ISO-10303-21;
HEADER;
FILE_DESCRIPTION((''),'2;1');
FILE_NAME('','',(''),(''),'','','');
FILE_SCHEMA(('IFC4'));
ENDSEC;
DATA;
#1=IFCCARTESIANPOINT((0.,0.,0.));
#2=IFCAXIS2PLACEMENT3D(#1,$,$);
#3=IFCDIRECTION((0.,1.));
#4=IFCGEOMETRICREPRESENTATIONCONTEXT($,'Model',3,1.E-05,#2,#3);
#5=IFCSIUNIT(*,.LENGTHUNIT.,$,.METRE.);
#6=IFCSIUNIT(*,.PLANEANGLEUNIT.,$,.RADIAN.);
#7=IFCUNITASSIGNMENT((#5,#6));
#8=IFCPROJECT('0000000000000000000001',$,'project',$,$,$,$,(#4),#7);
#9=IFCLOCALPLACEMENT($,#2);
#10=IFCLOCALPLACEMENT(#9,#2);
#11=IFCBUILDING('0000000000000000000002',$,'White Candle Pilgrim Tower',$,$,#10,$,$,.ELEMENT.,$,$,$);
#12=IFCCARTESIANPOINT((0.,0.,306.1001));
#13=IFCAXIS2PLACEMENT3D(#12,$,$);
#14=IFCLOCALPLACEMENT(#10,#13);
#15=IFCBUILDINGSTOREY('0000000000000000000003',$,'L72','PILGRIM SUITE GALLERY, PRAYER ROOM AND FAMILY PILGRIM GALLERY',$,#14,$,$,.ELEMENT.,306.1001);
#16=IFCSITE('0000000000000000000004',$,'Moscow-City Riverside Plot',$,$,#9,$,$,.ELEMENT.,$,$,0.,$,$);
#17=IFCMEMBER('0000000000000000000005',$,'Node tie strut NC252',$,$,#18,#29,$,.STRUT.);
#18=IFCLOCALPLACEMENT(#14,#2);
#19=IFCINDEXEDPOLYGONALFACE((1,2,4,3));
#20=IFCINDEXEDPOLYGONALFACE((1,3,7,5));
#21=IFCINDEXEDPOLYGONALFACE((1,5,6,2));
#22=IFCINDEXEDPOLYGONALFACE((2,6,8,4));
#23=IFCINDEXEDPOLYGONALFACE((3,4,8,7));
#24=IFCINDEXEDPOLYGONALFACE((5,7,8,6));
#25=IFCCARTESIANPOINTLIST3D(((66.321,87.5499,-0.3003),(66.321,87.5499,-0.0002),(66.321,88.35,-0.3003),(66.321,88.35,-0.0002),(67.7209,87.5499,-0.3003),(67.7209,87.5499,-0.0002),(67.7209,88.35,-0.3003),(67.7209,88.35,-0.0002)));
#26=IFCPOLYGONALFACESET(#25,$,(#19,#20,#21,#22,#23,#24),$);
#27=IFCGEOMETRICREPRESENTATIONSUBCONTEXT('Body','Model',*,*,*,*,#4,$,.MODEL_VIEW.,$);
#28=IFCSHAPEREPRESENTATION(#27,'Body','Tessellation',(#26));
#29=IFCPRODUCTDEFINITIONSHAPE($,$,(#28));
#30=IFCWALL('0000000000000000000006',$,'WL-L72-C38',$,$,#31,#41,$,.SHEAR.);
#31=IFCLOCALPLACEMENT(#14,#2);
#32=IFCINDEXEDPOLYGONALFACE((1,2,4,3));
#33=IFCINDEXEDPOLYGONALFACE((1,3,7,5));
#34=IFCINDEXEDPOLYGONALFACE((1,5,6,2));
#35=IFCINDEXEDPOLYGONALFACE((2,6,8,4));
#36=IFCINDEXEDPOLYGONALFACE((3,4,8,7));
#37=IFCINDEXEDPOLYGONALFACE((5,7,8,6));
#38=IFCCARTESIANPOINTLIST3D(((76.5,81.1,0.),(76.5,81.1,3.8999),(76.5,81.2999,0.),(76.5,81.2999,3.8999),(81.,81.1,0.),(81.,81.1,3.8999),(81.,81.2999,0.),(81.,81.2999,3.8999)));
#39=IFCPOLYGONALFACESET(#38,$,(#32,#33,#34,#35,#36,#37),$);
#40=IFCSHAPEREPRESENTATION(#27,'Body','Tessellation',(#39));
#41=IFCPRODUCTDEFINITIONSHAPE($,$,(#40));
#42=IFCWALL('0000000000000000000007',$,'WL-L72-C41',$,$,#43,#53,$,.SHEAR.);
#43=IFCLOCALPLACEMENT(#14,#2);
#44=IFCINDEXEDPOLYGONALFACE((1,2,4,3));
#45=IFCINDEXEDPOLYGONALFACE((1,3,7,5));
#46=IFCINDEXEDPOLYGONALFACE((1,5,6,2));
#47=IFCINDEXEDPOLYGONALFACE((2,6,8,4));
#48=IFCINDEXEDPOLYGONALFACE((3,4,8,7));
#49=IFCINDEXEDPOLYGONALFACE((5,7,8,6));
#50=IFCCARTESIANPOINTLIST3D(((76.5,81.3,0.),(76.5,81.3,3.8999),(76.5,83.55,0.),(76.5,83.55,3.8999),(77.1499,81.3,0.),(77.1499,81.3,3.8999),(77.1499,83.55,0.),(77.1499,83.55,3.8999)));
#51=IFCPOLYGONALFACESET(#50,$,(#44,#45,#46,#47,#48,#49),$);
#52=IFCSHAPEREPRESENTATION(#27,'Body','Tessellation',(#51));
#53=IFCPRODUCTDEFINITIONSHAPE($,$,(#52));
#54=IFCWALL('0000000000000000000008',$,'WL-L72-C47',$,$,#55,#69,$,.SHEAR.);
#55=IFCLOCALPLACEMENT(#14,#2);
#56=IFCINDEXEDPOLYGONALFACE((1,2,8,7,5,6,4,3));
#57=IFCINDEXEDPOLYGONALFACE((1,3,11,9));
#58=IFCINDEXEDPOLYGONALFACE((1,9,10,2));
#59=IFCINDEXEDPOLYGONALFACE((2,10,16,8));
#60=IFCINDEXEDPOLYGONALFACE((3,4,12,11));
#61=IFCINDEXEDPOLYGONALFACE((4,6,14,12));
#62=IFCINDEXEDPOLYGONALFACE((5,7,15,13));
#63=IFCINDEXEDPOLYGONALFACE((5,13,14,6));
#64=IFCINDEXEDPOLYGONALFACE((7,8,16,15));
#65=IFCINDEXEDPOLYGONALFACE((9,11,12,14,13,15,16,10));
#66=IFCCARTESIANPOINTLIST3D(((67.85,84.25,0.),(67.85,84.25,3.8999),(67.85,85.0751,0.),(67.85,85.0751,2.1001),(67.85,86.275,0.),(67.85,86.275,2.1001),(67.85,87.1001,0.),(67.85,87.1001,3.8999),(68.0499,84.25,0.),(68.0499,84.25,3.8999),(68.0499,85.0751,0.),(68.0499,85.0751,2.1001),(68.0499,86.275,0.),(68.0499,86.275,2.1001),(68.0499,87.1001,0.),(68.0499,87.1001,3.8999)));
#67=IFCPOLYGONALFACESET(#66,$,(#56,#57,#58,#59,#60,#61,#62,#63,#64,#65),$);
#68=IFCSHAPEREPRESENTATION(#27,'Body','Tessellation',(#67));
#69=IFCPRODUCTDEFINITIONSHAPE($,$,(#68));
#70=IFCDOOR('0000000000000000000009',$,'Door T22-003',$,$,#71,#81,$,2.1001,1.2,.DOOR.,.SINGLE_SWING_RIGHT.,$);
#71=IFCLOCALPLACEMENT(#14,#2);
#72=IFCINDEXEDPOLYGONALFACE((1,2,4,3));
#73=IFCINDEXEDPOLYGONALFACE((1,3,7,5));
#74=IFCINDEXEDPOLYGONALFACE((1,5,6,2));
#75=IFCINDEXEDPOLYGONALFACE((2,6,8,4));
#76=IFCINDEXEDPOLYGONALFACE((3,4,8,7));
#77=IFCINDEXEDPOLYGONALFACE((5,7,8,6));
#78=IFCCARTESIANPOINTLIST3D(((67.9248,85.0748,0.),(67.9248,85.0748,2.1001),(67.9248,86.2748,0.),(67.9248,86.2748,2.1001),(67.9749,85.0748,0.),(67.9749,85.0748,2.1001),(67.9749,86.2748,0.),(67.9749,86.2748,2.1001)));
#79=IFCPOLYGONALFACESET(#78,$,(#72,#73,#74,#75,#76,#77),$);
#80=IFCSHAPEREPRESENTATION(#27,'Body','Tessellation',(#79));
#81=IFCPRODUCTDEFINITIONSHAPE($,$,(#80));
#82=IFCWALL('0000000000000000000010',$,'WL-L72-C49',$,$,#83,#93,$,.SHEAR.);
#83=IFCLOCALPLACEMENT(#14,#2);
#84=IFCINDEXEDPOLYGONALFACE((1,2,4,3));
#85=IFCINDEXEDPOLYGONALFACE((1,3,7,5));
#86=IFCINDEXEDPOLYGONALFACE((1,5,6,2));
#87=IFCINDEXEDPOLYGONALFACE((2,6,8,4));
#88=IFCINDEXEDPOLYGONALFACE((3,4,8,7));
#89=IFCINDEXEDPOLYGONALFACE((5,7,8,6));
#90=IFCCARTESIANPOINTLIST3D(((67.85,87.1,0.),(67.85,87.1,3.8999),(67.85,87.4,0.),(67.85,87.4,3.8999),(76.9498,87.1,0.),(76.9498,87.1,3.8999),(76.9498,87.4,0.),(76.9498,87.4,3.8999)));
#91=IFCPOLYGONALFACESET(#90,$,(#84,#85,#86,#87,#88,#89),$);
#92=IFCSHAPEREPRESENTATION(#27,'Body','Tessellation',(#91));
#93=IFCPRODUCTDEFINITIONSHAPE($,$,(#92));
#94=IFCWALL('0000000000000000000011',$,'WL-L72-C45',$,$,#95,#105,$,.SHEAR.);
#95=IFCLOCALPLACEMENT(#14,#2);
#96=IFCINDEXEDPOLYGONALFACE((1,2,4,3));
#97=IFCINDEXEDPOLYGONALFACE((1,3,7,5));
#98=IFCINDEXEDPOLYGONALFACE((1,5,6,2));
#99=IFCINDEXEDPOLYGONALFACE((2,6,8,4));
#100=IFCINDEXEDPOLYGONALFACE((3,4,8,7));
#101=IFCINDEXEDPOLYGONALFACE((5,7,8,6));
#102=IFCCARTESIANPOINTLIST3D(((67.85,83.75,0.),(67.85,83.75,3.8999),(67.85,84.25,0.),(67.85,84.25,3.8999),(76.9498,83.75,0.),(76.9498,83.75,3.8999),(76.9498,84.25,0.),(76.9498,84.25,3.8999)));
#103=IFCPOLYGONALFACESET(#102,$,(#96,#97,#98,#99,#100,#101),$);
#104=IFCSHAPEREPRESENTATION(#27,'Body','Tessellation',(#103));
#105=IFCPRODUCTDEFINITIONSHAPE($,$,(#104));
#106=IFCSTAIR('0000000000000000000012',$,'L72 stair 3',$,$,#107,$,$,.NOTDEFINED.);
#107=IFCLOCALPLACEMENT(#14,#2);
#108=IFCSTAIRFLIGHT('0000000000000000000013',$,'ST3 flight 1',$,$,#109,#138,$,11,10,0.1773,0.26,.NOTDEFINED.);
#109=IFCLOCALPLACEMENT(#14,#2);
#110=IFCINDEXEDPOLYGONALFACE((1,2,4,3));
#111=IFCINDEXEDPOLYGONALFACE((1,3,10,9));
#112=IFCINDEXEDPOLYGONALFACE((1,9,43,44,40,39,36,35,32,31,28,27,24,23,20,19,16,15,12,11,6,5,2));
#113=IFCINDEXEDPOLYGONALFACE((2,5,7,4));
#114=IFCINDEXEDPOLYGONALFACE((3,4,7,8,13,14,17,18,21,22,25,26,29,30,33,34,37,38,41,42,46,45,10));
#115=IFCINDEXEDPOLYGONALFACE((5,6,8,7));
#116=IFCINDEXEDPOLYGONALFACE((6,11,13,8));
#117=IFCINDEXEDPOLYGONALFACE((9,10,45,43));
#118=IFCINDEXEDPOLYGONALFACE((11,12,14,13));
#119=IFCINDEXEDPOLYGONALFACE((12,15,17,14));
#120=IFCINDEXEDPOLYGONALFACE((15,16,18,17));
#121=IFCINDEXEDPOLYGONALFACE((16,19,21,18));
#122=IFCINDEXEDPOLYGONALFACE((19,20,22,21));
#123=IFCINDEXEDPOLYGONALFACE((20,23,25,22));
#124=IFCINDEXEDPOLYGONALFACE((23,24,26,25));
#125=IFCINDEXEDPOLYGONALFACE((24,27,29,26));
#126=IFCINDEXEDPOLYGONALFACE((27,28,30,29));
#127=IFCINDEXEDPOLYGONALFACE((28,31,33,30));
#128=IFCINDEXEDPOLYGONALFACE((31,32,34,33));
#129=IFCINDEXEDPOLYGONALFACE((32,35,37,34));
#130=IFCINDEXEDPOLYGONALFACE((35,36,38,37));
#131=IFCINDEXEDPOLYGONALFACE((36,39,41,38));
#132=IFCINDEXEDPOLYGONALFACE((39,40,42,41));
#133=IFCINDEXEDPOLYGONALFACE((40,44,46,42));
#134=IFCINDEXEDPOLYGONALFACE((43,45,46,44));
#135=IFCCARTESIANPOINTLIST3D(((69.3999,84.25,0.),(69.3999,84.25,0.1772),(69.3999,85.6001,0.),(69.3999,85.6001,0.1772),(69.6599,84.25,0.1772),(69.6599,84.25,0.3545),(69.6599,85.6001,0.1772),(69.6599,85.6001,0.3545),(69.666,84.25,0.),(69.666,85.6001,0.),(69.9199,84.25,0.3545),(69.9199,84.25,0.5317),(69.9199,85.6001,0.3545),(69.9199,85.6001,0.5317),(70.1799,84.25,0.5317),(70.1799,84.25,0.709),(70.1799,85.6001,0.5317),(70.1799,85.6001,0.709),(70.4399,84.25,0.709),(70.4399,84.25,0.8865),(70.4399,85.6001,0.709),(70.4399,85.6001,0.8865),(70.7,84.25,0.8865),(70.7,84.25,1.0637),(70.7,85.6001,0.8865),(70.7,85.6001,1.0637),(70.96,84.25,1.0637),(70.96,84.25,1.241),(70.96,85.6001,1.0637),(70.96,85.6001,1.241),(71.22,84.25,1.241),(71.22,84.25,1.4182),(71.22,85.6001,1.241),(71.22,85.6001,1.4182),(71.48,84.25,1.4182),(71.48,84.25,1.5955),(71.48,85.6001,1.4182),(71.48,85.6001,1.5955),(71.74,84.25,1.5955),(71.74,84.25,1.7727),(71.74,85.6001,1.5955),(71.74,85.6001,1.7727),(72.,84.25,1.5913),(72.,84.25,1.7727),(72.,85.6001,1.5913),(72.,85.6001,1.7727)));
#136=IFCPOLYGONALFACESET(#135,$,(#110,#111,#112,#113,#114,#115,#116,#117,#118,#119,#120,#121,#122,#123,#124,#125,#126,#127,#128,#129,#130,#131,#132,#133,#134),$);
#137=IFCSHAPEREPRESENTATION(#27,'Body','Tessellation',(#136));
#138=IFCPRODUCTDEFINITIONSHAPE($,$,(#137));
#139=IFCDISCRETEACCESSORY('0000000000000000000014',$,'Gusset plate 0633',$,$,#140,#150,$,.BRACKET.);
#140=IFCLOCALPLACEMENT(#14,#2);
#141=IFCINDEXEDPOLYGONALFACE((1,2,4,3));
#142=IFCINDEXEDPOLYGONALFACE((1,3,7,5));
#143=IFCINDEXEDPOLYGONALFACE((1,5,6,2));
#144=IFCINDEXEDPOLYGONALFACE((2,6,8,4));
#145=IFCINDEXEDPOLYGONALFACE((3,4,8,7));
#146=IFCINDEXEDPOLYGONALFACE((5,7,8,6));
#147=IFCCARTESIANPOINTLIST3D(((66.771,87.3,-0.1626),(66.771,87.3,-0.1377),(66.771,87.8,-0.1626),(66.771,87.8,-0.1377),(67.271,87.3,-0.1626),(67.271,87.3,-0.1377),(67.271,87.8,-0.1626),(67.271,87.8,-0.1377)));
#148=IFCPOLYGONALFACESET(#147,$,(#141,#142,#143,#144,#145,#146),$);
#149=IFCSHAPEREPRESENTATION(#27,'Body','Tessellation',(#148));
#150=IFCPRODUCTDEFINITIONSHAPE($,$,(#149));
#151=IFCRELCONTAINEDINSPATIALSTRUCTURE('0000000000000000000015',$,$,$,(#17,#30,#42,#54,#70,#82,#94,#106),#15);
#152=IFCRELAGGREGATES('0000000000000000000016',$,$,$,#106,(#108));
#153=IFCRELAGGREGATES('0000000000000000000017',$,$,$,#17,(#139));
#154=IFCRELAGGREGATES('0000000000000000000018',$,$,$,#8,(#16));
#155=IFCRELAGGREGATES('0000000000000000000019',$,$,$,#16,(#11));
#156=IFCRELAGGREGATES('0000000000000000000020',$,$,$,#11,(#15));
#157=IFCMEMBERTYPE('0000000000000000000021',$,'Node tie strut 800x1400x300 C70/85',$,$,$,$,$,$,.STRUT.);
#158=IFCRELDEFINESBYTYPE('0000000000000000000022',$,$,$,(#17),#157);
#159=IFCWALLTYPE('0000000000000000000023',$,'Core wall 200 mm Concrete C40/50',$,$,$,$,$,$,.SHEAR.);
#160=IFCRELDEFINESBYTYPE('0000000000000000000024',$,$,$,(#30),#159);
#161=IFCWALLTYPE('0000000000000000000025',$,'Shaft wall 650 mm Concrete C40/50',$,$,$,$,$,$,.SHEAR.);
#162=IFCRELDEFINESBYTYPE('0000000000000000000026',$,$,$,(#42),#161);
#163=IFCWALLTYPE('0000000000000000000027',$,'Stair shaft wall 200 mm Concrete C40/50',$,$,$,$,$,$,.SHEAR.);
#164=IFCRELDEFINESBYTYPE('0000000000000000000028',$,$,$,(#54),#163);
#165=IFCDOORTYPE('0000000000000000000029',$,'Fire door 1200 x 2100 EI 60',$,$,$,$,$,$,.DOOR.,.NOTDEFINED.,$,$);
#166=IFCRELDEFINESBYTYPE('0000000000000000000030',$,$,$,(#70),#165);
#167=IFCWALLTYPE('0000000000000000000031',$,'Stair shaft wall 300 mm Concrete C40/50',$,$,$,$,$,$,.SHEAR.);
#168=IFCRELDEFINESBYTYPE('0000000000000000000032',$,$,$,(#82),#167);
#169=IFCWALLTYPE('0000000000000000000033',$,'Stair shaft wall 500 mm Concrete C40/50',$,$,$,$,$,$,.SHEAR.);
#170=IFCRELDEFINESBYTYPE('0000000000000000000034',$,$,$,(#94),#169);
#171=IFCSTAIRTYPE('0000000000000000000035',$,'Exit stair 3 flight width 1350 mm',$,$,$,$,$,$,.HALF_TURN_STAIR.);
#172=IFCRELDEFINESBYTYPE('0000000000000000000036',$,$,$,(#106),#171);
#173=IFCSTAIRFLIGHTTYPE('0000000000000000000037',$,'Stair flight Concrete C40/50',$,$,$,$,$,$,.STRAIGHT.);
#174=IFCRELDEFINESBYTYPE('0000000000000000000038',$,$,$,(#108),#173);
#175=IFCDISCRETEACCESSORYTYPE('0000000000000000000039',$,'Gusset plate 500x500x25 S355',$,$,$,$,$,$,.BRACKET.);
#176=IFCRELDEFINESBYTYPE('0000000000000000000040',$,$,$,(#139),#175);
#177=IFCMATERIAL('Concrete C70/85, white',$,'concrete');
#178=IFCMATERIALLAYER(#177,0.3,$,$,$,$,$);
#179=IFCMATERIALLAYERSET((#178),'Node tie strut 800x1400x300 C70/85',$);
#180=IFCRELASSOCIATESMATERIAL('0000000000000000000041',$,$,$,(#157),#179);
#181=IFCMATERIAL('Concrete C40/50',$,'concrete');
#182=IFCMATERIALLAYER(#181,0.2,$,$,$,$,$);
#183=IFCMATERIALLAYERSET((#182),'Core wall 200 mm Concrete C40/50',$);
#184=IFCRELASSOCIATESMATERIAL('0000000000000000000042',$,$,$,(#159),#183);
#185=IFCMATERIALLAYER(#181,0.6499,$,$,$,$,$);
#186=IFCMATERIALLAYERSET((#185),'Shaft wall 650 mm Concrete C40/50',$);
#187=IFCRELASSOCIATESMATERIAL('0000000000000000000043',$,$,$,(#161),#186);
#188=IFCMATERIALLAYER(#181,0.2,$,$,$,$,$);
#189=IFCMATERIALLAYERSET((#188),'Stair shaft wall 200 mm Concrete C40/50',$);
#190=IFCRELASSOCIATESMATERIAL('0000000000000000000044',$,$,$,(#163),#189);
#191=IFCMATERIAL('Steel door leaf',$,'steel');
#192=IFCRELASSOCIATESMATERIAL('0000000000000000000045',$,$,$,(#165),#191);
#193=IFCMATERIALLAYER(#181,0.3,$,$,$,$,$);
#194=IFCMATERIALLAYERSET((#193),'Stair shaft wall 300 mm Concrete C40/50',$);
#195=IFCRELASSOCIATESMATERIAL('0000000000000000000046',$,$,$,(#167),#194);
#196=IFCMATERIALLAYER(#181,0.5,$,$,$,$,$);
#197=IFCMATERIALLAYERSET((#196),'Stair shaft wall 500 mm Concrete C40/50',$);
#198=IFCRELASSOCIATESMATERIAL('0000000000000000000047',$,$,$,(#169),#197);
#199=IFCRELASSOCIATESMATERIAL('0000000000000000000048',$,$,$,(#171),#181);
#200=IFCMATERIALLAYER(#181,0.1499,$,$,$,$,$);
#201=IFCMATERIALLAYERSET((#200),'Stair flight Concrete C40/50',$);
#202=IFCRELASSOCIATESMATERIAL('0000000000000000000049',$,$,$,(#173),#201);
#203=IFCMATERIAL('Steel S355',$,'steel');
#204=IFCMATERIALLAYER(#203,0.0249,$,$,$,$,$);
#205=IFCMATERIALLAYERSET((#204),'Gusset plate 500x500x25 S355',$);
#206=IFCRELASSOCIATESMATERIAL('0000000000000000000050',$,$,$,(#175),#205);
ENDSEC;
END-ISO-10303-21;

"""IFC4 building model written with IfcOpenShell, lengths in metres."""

from ifc_helpers import new_model, si_unit, direction, frame, frame_2d, origin, origin_2d, place, context, subcontext, project, spatial, polyline, rectangle, outline, extrude, material, layer, layer_set, type_object, element, fill, aggregate, save


model = new_model("IFC4")

# Units and contexts
model_context = context("Model", 3, precision=1e-05, world=origin(), true_north=direction((0.0, 1.0)))
body_context = subcontext(model_context, "Body", "Model", "MODEL_VIEW")
ifc_project = project(units=[si_unit("LENGTHUNIT", "METRE"), si_unit("PLANEANGLEUNIT", "RADIAN")], contexts=[model_context])

# Site, building, storey
site_placement = place(None, origin())
site = spatial("IfcSite", under=ifc_project, at=site_placement, Name="Moscow-City Riverside Plot", CompositionType="ELEMENT", RefElevation=0.0)
building_placement = place(site_placement, origin())
building = spatial("IfcBuilding", under=site, at=building_placement, Name="White Candle Pilgrim Tower", CompositionType="ELEMENT")
storey_placement = place(building_placement, frame((0.0, 0.0, 306.1001)))
storey = spatial("IfcBuildingStorey", under=building, at=storey_placement, Name="L72", Description="PILGRIM SUITE GALLERY, PRAYER ROOM AND FAMILY PILGRIM GALLERY", CompositionType="ELEMENT", Elevation=306.1001)

# Member
ifc_material_1 = material(Name="Concrete C70/85, white", Category="concrete")
ifc_layer_1 = layer(ifc_material_1, 0.3)
ifc_layer_set_1 = layer_set([ifc_layer_1], Name="Node tie strut 800x1400x300 C70/85")
member_type = type_object("IfcMemberType", Name="Node tie strut 800x1400x300 C70/85", PredefinedType="STRUT", material=ifc_layer_set_1)
member_placement = place(storey_placement, frame((67.021, 87.95, -0.3003), z_axis=(0.0, 0.0, 1.0), x_axis=(-1.0, 0.0, 0.0)))
member = element("IfcMember", 1, at=member_placement, inside=storey, type_object=member_type, Name="Node tie strut NC252", PredefinedType="STRUT", context=body_context, shape_type="SweptSolid", body=[
    extrude(rectangle(XDim=1.3999, YDim=0.8, at=origin_2d()), origin(), (0.0, 0.0, 1.0), 0.3),
])

# Walls
ifc_material_2 = material(Name="Concrete C40/50", Category="concrete")
ifc_layer_2 = layer(ifc_material_2, 0.2)
ifc_layer_set_2 = layer_set([ifc_layer_2], Name="Core wall 200 mm Concrete C40/50")
wall_type_1 = type_object("IfcWallType", Name="Core wall 200 mm Concrete C40/50", PredefinedType="SHEAR", material=ifc_layer_set_2)
wall_1_placement = place(storey_placement, frame((76.5, 81.2, 0.0), z_axis=(0.0, 0.0, 1.0), x_axis=(1.0, 0.0, 0.0)))
element("IfcWall", 2, at=wall_1_placement, inside=storey, type_object=wall_type_1, Name="WL-L72-C38", PredefinedType="SHEAR", context=body_context, shape_type="SweptSolid", body=[
    extrude(rectangle(XDim=4.5, YDim=0.2, at=frame_2d((2.25, 0.0))), origin(), (0.0, 0.0, 1.0), 3.8999),
])
ifc_layer_3 = layer(ifc_material_2, 0.6499)
ifc_layer_set_3 = layer_set([ifc_layer_3], Name="Shaft wall 650 mm Concrete C40/50")
wall_type_2 = type_object("IfcWallType", Name="Shaft wall 650 mm Concrete C40/50", PredefinedType="SHEAR", material=ifc_layer_set_3)
wall_2_placement = place(storey_placement, frame((76.825, 81.3, 0.0), z_axis=(0.0, 0.0, 1.0), x_axis=(0.0, 1.0, 0.0)))
element("IfcWall", 3, at=wall_2_placement, inside=storey, type_object=wall_type_2, Name="WL-L72-C41", PredefinedType="SHEAR", context=body_context, shape_type="SweptSolid", body=[
    extrude(rectangle(XDim=2.25, YDim=0.6499, at=frame_2d((1.125, 0.0))), origin(), (0.0, 0.0, 1.0), 3.8999),
])

# Wall, opening, door
ifc_layer_4 = layer(ifc_material_2, 0.2)
ifc_layer_set_4 = layer_set([ifc_layer_4], Name="Stair shaft wall 200 mm Concrete C40/50")
wall_type_3 = type_object("IfcWallType", Name="Stair shaft wall 200 mm Concrete C40/50", PredefinedType="SHEAR", material=ifc_layer_set_4)
wall_3_placement = place(storey_placement, frame((67.95, 84.25, 0.0), z_axis=(0.0, 0.0, 1.0), x_axis=(0.0, 1.0, 0.0)))
wall_3 = element("IfcWall", 4, at=wall_3_placement, inside=storey, type_object=wall_type_3, Name="WL-L72-C47", PredefinedType="SHEAR", context=body_context, shape_type="SweptSolid", body=[
    extrude(rectangle(XDim=2.8501, YDim=0.2, at=frame_2d((1.425, 0.0))), origin(), (0.0, 0.0, 1.0), 3.8999),
])
opening_placement = place(wall_3_placement, frame((0.825, 0.0, 0.0)))
opening = element("IfcOpeningElement", 5, at=opening_placement, cuts=wall_3, PredefinedType="OPENING", context=body_context, shape_type="SweptSolid", body=[
    extrude(rectangle(XDim=1.2, YDim=2.1001, at=frame_2d((0.6001, 1.05))), frame((0.0, 0.1099, 0.0), z_axis=(0.0, -1.0, 0.0), x_axis=(1.0, 0.0, 0.0)), (0.0, 0.0, 1.0), 0.22),
])
ifc_material_3 = material(Name="Steel door leaf", Category="steel")
door_type = type_object("IfcDoorType", Name="Fire door 1200 x 2100 EI 60", OperationType="NOTDEFINED", PredefinedType="DOOR", material=ifc_material_3)
door_placement = place(opening_placement, frame((1.2, 0.0, 0.0), z_axis=(0.0, 0.0, 1.0), x_axis=(-1.0, 0.0, 0.0)))
door = element("IfcDoor", 6, at=door_placement, inside=storey, type_object=door_type, Name="Door T22-003", OperationType="SINGLE_SWING_RIGHT", OverallHeight=2.1001, OverallWidth=1.2, PredefinedType="DOOR", context=body_context, shape_type="SweptSolid", body=[
    extrude(rectangle(XDim=1.2, YDim=2.1001, at=frame_2d((0.6001, 1.05))), frame((0.0, 0.0249, 0.0), z_axis=(0.0, -1.0, 0.0), x_axis=(1.0, 0.0, 0.0)), (0.0, 0.0, 1.0), 0.05),
])
fill(opening, door)

# Walls
ifc_layer_5 = layer(ifc_material_2, 0.3)
ifc_layer_set_5 = layer_set([ifc_layer_5], Name="Stair shaft wall 300 mm Concrete C40/50")
wall_type_4 = type_object("IfcWallType", Name="Stair shaft wall 300 mm Concrete C40/50", PredefinedType="SHEAR", material=ifc_layer_set_5)
wall_4_placement = place(storey_placement, frame((67.8501, 87.25, 0.0), z_axis=(0.0, 0.0, 1.0), x_axis=(1.0, 0.0, 0.0)))
element("IfcWall", 7, at=wall_4_placement, inside=storey, type_object=wall_type_4, Name="WL-L72-C49", PredefinedType="SHEAR", context=body_context, shape_type="SweptSolid", body=[
    extrude(rectangle(XDim=9.0999, YDim=0.3, at=frame_2d((4.5498, 0.0))), origin(), (0.0, 0.0, 1.0), 3.8999),
])
ifc_layer_6 = layer(ifc_material_2, 0.5)
ifc_layer_set_6 = layer_set([ifc_layer_6], Name="Stair shaft wall 500 mm Concrete C40/50")
wall_type_5 = type_object("IfcWallType", Name="Stair shaft wall 500 mm Concrete C40/50", PredefinedType="SHEAR", material=ifc_layer_set_6)
wall_5_placement = place(storey_placement, frame((67.8501, 84.0, 0.0), z_axis=(0.0, 0.0, 1.0), x_axis=(1.0, 0.0, 0.0)))
element("IfcWall", 8, at=wall_5_placement, inside=storey, type_object=wall_type_5, Name="WL-L72-C45", PredefinedType="SHEAR", context=body_context, shape_type="SweptSolid", body=[
    extrude(rectangle(XDim=9.0999, YDim=0.5, at=frame_2d((4.5498, 0.0))), origin(), (0.0, 0.0, 1.0), 3.8999),
])

# Stair, stair flight
stair_type = type_object("IfcStairType", Name="Exit stair 3 flight width 1350 mm", PredefinedType="HALF_TURN_STAIR", material=ifc_material_2)
stair_placement = place(storey_placement, origin())
stair = element("IfcStair", 9, at=stair_placement, inside=storey, type_object=stair_type, Name="L72 stair 3", PredefinedType="NOTDEFINED")
ifc_layer_7 = layer(ifc_material_2, 0.1499)
ifc_layer_set_7 = layer_set([ifc_layer_7], Name="Stair flight Concrete C40/50")
stair_flight_type = type_object("IfcStairFlightType", Name="Stair flight Concrete C40/50", PredefinedType="STRAIGHT", material=ifc_layer_set_7)
stair_flight_1_placement = place(storey_placement, frame((69.3999, 84.925, 0.0), z_axis=(0.0, 0.0, 1.0), x_axis=(1.0, 0.0, 0.0)))
stair_flight_1 = element("IfcStairFlight", 10, at=stair_flight_1_placement, type_object=stair_flight_type, Name="ST3 flight 1", NumberOfRisers=11, NumberOfTreads=10, PredefinedType="NOTDEFINED", RiserHeight=0.1773, TreadLength=0.26, context=body_context, shape_type="SweptSolid", body=[
    extrude(outline(polyline([(0.0, 0.0), (0.0, 0.1772), (0.26, 0.1772), (0.26, 0.3545), (0.52, 0.3545), (0.52, 0.5317), (0.78, 0.5317), (0.78, 0.709), (1.04, 0.709), (1.04, 0.8865), (1.3, 0.8865), (1.3, 1.0637), (1.5601, 1.0637), (1.5601, 1.241), (1.8201, 1.241), (1.8201, 1.4182), (2.0801, 1.4182), (2.0801, 1.5955), (2.3401, 1.5955), (2.3401, 1.7727), (2.6001, 1.7727), (2.6001, 1.95), (2.6001, 1.5913), (0.2661, 0.0), (0.0, 0.0)])), frame((0.0, 0.675, 0.0), z_axis=(0.0, -1.0, 0.0), x_axis=(1.0, 0.0, 0.0)), (0.0, 0.0, 1.0), 1.3501),
])
aggregate(stair, [stair_flight_1])

# Discrete accessory
ifc_material_4 = material(Name="Steel S355", Category="steel")
ifc_layer_8 = layer(ifc_material_4, 0.0249)
ifc_layer_set_8 = layer_set([ifc_layer_8], Name="Gusset plate 500x500x25 S355")
discrete_accessory_type = type_object("IfcDiscreteAccessoryType", Name="Gusset plate 500x500x25 S355", PredefinedType="BRACKET", material=ifc_layer_set_8)
discrete_accessory_placement = place(storey_placement, frame((67.021, 87.55, -0.1626), z_axis=(0.0, 0.0, 1.0), x_axis=(1.0, 0.0, 0.0)))
discrete_accessory = element("IfcDiscreteAccessory", 11, at=discrete_accessory_placement, type_object=discrete_accessory_type, Name="Gusset plate 0633", PredefinedType="BRACKET", context=body_context, shape_type="SweptSolid", body=[
    extrude(rectangle(XDim=0.5, YDim=0.5, at=origin_2d()), origin(), (0.0, 0.0, 1.0), 0.0249),
])
aggregate(member, [discrete_accessory])

save(model, "model.ifc")
